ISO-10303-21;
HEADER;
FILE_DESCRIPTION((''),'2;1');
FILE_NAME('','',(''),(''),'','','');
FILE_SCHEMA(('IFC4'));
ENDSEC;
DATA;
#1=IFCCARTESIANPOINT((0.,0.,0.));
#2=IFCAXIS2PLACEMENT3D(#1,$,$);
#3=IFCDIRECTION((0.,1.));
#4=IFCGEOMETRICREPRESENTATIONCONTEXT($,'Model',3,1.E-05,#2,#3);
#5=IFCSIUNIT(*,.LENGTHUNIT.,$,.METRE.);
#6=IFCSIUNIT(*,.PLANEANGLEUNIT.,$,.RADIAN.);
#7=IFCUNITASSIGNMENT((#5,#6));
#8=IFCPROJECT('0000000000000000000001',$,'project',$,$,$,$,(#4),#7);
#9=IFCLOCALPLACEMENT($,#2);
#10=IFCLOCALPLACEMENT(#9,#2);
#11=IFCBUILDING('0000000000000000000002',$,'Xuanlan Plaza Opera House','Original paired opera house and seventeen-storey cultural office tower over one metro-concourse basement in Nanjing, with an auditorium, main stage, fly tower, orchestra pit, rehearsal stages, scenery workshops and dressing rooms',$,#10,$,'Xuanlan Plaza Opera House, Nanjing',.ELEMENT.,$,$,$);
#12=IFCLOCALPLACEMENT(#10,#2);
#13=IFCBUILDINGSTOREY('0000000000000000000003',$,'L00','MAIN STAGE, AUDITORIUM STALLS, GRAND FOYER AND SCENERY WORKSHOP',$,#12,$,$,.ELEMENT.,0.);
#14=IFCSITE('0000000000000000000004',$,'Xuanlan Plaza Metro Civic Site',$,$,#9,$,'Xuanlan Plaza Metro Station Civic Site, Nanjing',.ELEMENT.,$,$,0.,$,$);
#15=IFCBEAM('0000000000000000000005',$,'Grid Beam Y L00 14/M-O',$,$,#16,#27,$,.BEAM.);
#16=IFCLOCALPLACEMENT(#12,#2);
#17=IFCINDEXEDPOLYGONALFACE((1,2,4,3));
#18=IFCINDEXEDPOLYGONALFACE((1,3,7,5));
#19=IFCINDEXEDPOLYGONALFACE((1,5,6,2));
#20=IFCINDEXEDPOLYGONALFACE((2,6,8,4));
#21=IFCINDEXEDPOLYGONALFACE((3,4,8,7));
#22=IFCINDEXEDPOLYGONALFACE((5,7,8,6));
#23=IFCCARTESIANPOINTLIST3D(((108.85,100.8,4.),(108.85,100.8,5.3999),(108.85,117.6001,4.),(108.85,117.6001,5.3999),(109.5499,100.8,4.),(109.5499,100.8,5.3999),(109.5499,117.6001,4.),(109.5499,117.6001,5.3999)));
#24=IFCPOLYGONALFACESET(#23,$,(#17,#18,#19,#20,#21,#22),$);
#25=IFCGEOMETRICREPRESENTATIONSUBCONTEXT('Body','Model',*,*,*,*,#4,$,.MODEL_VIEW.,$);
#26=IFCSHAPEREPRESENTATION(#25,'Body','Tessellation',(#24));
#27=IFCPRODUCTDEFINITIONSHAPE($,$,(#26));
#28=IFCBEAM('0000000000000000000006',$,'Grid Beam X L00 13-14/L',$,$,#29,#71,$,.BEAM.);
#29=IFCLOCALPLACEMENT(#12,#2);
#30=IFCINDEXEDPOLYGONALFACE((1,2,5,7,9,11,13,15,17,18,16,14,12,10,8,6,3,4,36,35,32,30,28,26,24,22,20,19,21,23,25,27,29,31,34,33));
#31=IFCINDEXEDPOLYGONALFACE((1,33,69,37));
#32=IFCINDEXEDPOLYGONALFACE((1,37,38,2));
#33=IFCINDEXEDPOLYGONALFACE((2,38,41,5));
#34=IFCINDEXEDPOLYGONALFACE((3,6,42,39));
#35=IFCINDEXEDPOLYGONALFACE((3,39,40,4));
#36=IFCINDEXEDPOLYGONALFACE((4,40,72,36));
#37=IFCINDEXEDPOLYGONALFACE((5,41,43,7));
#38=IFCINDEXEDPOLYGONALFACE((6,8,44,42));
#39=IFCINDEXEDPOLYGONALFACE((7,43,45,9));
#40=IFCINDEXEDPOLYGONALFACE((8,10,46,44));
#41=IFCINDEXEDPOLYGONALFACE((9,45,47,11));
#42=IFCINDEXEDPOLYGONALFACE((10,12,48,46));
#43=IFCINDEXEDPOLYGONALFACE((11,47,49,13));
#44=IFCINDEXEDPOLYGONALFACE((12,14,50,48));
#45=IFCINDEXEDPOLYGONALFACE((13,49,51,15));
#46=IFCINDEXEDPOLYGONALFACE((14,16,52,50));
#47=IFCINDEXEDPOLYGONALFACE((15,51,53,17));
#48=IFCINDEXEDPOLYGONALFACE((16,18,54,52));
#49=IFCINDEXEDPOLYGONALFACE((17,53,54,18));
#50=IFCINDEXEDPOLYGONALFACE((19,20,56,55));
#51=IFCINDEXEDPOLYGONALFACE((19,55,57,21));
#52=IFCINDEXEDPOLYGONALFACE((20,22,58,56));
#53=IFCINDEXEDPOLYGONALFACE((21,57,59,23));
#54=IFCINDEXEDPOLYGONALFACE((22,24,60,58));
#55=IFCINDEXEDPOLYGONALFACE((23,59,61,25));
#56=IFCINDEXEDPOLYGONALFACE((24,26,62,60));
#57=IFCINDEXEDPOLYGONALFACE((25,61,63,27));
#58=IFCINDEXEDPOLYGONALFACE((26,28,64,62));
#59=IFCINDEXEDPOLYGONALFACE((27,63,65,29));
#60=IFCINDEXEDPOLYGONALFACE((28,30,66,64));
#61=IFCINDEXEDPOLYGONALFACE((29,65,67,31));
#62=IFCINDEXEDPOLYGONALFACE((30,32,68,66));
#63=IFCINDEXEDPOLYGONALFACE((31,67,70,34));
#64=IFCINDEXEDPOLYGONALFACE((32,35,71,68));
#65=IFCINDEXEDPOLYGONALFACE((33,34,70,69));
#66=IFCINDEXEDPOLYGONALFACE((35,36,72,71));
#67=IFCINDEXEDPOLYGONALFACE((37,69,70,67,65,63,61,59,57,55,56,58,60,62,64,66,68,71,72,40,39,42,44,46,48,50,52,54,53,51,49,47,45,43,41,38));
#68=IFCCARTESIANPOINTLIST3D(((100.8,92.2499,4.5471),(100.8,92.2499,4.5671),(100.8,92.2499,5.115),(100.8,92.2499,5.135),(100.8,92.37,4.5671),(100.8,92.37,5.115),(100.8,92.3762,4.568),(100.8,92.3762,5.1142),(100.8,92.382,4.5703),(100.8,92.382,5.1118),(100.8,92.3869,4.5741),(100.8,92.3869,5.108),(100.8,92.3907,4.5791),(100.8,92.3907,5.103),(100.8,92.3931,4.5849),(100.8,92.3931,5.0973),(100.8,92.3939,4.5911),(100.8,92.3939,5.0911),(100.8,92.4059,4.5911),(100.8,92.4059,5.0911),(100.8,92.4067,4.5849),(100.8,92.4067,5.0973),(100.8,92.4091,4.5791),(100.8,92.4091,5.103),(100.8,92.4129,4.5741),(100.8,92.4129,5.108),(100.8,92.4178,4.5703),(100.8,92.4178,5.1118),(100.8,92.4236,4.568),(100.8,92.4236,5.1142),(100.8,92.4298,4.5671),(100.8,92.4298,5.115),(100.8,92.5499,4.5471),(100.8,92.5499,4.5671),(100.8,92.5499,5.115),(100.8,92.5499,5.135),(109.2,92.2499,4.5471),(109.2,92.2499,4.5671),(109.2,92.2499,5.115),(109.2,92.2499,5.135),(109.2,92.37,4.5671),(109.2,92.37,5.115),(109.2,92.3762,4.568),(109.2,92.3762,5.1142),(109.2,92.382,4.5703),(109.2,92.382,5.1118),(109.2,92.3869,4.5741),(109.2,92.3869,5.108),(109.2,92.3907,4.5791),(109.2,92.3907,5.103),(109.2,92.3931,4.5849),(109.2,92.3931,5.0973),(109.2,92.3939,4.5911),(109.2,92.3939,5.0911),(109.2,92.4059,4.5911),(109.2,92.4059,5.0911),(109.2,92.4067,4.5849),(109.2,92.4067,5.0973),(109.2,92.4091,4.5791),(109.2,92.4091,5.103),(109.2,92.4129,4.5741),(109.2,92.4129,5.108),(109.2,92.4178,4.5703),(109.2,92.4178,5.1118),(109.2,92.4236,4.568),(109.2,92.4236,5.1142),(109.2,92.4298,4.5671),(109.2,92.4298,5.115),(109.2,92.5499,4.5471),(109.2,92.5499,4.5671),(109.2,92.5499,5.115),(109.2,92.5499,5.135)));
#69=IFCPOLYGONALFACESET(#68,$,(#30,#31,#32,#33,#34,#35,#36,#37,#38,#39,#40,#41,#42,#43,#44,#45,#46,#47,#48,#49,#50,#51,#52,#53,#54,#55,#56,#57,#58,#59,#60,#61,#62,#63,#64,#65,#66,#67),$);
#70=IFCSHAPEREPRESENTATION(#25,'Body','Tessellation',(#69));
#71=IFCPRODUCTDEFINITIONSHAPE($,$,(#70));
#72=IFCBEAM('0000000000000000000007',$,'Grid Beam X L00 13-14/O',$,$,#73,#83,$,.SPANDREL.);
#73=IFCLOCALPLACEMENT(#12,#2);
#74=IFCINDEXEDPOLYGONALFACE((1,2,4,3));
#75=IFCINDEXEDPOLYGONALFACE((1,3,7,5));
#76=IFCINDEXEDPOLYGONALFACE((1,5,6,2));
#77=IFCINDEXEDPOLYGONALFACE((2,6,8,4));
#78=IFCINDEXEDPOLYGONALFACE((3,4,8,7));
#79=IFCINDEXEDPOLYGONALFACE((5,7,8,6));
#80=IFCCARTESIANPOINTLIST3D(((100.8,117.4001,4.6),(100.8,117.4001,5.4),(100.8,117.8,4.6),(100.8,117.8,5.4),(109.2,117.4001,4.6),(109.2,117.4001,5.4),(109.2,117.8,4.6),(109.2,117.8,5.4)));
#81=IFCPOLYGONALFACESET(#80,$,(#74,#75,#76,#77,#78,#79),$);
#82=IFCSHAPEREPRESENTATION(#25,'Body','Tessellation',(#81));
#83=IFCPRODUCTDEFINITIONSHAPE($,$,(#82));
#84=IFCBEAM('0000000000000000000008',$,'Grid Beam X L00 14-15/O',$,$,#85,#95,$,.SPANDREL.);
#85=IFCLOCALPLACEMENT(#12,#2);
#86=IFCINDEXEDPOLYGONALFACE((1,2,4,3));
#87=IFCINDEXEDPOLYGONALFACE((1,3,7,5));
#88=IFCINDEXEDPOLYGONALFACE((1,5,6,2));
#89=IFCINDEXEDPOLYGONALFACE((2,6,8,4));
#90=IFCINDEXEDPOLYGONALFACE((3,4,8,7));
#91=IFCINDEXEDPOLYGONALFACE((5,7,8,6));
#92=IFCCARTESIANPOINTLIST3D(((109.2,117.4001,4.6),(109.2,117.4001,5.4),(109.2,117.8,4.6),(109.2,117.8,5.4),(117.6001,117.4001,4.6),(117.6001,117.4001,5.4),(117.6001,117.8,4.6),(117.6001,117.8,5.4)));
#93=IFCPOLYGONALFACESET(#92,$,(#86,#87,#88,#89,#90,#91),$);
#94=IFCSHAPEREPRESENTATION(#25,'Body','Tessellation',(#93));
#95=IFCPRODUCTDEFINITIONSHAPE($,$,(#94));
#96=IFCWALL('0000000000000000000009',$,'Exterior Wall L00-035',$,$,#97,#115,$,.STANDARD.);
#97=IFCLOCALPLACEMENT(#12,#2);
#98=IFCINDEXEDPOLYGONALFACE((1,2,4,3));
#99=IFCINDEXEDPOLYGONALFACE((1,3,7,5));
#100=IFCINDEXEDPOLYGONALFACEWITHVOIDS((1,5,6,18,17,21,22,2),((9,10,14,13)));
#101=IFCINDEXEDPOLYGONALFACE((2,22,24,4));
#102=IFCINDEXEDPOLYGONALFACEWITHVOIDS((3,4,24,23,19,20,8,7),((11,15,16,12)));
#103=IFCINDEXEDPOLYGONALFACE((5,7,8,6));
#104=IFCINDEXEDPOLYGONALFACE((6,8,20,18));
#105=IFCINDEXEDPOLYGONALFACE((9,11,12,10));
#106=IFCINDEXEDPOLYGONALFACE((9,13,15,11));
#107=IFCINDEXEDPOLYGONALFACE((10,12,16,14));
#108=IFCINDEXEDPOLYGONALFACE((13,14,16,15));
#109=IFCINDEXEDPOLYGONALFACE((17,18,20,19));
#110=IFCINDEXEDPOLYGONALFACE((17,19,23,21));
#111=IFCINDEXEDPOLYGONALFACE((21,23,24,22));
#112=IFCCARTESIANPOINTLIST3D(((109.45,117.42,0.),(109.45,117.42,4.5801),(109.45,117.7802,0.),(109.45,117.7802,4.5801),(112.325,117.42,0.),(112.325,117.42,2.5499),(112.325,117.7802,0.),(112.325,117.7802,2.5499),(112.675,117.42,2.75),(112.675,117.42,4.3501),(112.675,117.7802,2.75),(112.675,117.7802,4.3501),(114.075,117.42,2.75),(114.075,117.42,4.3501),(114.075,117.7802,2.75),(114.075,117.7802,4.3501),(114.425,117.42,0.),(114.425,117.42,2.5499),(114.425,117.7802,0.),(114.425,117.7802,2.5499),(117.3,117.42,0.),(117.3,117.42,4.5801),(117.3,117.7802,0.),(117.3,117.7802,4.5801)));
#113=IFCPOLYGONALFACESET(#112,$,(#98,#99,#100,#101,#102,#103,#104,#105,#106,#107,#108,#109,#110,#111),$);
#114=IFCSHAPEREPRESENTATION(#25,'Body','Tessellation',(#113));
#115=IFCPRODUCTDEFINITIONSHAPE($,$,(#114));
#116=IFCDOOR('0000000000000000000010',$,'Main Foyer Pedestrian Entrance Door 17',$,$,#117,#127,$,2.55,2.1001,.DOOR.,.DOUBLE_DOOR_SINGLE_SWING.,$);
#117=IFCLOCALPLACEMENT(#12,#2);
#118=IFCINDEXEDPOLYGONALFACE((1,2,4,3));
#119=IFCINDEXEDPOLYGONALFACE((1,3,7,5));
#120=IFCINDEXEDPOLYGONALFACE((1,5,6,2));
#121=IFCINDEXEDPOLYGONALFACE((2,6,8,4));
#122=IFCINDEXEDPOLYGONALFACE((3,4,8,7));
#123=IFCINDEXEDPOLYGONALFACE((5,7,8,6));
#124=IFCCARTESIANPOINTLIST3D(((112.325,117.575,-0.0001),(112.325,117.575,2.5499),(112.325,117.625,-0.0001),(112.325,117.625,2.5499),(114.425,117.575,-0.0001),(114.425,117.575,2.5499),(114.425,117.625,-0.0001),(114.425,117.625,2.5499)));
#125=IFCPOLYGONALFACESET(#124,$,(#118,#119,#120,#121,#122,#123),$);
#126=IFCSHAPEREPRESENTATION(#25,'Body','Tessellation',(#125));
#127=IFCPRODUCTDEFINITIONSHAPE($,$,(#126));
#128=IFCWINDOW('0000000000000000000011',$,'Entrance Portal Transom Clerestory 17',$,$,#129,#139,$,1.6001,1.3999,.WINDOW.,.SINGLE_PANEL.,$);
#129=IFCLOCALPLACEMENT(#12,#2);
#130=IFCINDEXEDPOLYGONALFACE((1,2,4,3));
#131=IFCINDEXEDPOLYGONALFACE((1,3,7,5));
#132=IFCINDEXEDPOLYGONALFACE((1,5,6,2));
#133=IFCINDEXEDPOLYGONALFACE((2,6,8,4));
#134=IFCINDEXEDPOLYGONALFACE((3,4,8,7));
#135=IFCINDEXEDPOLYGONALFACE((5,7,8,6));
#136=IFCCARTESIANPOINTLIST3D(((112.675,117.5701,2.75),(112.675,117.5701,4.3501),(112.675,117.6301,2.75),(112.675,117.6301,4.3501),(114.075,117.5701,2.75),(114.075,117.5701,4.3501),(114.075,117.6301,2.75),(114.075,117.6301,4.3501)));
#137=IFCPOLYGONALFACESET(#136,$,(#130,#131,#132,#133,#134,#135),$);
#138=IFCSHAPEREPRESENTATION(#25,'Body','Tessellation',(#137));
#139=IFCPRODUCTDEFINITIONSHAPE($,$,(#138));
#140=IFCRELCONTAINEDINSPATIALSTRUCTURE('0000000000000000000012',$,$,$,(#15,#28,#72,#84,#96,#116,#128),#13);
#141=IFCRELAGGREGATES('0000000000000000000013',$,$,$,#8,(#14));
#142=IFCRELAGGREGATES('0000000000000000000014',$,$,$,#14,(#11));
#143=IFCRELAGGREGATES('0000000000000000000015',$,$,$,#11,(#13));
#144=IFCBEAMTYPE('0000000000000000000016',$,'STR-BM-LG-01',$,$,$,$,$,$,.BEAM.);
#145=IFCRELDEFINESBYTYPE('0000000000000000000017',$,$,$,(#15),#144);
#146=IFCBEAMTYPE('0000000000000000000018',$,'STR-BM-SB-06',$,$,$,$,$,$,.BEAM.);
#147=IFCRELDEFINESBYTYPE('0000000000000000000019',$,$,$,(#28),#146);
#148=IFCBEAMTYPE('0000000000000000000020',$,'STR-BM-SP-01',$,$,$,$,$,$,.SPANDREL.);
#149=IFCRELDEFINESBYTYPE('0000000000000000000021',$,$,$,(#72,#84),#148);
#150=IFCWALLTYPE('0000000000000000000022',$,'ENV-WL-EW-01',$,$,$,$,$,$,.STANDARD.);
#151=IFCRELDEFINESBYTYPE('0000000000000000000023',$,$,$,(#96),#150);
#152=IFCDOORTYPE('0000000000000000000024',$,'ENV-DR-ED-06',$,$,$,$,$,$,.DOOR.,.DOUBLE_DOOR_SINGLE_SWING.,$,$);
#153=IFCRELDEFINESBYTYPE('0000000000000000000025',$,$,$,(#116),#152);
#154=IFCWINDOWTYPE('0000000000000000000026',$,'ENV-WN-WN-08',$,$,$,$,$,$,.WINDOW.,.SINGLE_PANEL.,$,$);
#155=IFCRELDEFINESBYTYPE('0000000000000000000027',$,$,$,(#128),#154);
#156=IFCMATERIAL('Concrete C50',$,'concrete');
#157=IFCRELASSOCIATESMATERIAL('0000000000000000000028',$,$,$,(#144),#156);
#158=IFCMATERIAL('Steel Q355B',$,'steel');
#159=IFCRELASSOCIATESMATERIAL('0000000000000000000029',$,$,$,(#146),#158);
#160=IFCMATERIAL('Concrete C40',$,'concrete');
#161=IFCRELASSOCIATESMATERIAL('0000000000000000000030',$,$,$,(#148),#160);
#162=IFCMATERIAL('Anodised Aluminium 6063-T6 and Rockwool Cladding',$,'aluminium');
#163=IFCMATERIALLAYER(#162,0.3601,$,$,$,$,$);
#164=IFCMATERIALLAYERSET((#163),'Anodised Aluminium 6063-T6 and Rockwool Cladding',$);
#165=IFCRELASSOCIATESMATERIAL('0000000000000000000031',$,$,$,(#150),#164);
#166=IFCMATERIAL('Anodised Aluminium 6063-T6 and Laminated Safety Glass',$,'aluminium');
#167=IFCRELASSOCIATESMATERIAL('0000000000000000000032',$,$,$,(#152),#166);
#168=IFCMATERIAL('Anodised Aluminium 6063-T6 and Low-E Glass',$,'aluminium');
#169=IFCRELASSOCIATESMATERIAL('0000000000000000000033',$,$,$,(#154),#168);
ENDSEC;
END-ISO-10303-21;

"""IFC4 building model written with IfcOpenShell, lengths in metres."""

from ifc_helpers import new_model, si_unit, direction, frame, frame_2d, origin, origin_2d, place, context, subcontext, project, spatial, rectangle, i_section, extrude, material, layer, layer_set, material_profile, profile_set, type_object, element, fill, save


model = new_model("IFC4")

# Units and contexts
model_context = context("Model", 3, precision=1e-05, world=origin(), true_north=direction((0.0, 1.0)))
body_context = subcontext(model_context, "Body", "Model", "MODEL_VIEW")
ifc_project = project(units=[si_unit("LENGTHUNIT", "METRE"), si_unit("PLANEANGLEUNIT", "RADIAN")], contexts=[model_context])

# Site, building, storey
site_placement = place(None, origin())
site = spatial("IfcSite", under=ifc_project, at=site_placement, Name="Xuanlan Plaza Metro Civic Site", LongName="Xuanlan Plaza Metro Station Civic Site, Nanjing", CompositionType="ELEMENT", RefElevation=0.0)
building_placement = place(site_placement, origin())
building = spatial("IfcBuilding", under=site, at=building_placement, Name="Xuanlan Plaza Opera House", Description="Original paired opera house and seventeen-storey cultural office tower over one metro-concourse basement in Nanjing, with an auditorium, main stage, fly tower, orchestra pit, rehearsal stages, scenery workshops and dressing rooms", LongName="Xuanlan Plaza Opera House, Nanjing", CompositionType="ELEMENT")
storey_placement = place(building_placement, origin())
storey = spatial("IfcBuildingStorey", under=building, at=storey_placement, Name="L00", Description="MAIN STAGE, AUDITORIUM STALLS, GRAND FOYER AND SCENERY WORKSHOP", CompositionType="ELEMENT", Elevation=0.0)

# Shared definitions
ifc_material_1 = material(Name="Concrete C40", Category="concrete")

# Beams
ifc_material_2 = material(Name="Concrete C50", Category="concrete")
ifc_material_profile_1 = material_profile(ifc_material_2, rectangle(XDim=0.7, YDim=1.3999, at=origin_2d()), Name="RC-LG 700x1400")
ifc_profile_set_1 = profile_set([ifc_material_profile_1], Name="Concrete C50")
beam_type_1 = type_object("IfcBeamType", Name="STR-BM-LG-01", PredefinedType="BEAM", material=ifc_profile_set_1)
for number, where, z_axis, x_axis, name in (
    (1, (109.2, 100.8, 4.7), (0.0, 1.0, 0.0), (-1.0, 0.0, 0.0), "Grid Beam Y L00 14/M-O"),
):
    element("IfcBeam", number, at=place(storey_placement, frame(where, z_axis=z_axis, x_axis=x_axis)), inside=storey, type_object=beam_type_1, Name=name, PredefinedType="BEAM", context=body_context, shape_type="SweptSolid", body=[
        extrude(rectangle(XDim=0.7, YDim=1.3999, at=origin_2d()), origin(), (0.0, 0.0, 1.0), 16.8),
    ])
ifc_material_3 = material(Name="Steel Q355B", Category="steel")
ifc_material_profile_2 = material_profile(ifc_material_3, i_section(OverallWidth=0.3, OverallDepth=0.5879, WebThickness=0.012, FlangeThickness=0.02, FilletRadius=0.0239, at=origin_2d()), Name="HM 588x300x12x20")
ifc_profile_set_2 = profile_set([ifc_material_profile_2], Name="Steel Q355B")
beam_type_2 = type_object("IfcBeamType", Name="STR-BM-SB-06", PredefinedType="BEAM", material=ifc_profile_set_2)
beam_1_placement = place(storey_placement, frame((100.8, 92.3999, 4.8411), z_axis=(1.0, 0.0, 0.0), x_axis=(0.0, 1.0, 0.0)))
element("IfcBeam", 2, at=beam_1_placement, inside=storey, type_object=beam_type_2, Name="Grid Beam X L00 13-14/L", PredefinedType="BEAM", context=body_context, shape_type="SweptSolid", body=[
    extrude(i_section(OverallWidth=0.3, OverallDepth=0.5879, WebThickness=0.012, FlangeThickness=0.02, FilletRadius=0.0239, at=origin_2d()), origin(), (0.0, 0.0, 1.0), 8.3999),
])
ifc_material_profile_3 = material_profile(ifc_material_1, rectangle(XDim=0.3999, YDim=0.8, at=origin_2d()), Name="RC-SPD 400x800")
ifc_profile_set_3 = profile_set([ifc_material_profile_3], Name="Concrete C40")
beam_type_3 = type_object("IfcBeamType", Name="STR-BM-SP-01", PredefinedType="SPANDREL", material=ifc_profile_set_3)
beam_2_placement = place(storey_placement, frame((100.8, 117.6001, 5.0), z_axis=(1.0, 0.0, 0.0), x_axis=(0.0, 1.0, 0.0)))
element("IfcBeam", 3, at=beam_2_placement, inside=storey, type_object=beam_type_3, Name="Grid Beam X L00 13-14/O", PredefinedType="SPANDREL", context=body_context, shape_type="SweptSolid", body=[
    extrude(rectangle(XDim=0.3999, YDim=0.8, at=origin_2d()), origin(), (0.0, 0.0, 1.0), 8.3999),
])
beam_3_placement = place(storey_placement, frame((109.2, 117.6001, 5.0), z_axis=(1.0, 0.0, 0.0), x_axis=(0.0, 1.0, 0.0)))
element("IfcBeam", 4, at=beam_3_placement, inside=storey, type_object=beam_type_3, Name="Grid Beam X L00 14-15/O", PredefinedType="SPANDREL", context=body_context, shape_type="SweptSolid", body=[
    extrude(rectangle(XDim=0.3999, YDim=0.8, at=origin_2d()), origin(), (0.0, 0.0, 1.0), 8.4001),
])

# Wall, openings, door, window
ifc_material_4 = material(Name="Anodised Aluminium 6063-T6 and Rockwool Cladding", Category="aluminium")
ifc_layer_1 = layer(ifc_material_4, 0.3601)
ifc_layer_set_1 = layer_set([ifc_layer_1], Name="Anodised Aluminium 6063-T6 and Rockwool Cladding")
wall_type_1 = type_object("IfcWallType", Name="ENV-WL-EW-01", PredefinedType="STANDARD", material=ifc_layer_set_1)
wall_1_placement = place(storey_placement, frame((117.3, 117.6001, 0.0), z_axis=(0.0, 0.0, 1.0), x_axis=(-1.0, 0.0, 0.0)))
wall_1 = element("IfcWall", 5, at=wall_1_placement, inside=storey, type_object=wall_type_1, Name="Exterior Wall L00-035", PredefinedType="STANDARD", context=body_context, shape_type="SweptSolid", body=[
    extrude(rectangle(XDim=7.8501, YDim=0.3601, at=frame_2d((3.925, 0.0))), origin(), (0.0, 0.0, 1.0), 4.5801),
])
opening_1_placement = place(wall_1_placement, frame((2.875, 0.0, 0.0)))
opening_1 = element("IfcOpeningElement", 6, at=opening_1_placement, cuts=wall_1, PredefinedType="OPENING", context=body_context, shape_type="SweptSolid", body=[
    extrude(rectangle(XDim=2.1001, YDim=2.55, at=frame_2d((1.05, 1.2749))), frame((0.0, 0.1899, 0.0), z_axis=(0.0, -1.0, 0.0), x_axis=(1.0, 0.0, 0.0)), (0.0, 0.0, 1.0), 0.3801),
])
opening_2_placement = place(wall_1_placement, frame((3.2251, 0.0, 2.75)))
opening_2 = element("IfcOpeningElement", 7, at=opening_2_placement, cuts=wall_1, PredefinedType="OPENING", context=body_context, shape_type="SweptSolid", body=[
    extrude(rectangle(XDim=1.3999, YDim=1.6001, at=frame_2d((0.7, 0.8))), frame((0.0, 0.1899, 0.0), z_axis=(0.0, -1.0, 0.0), x_axis=(1.0, 0.0, 0.0)), (0.0, 0.0, 1.0), 0.3801),
])
ifc_material_5 = material(Name="Anodised Aluminium 6063-T6 and Laminated Safety Glass", Category="aluminium")
door_type_1 = type_object("IfcDoorType", Name="ENV-DR-ED-06", OperationType="DOUBLE_DOOR_SINGLE_SWING", PredefinedType="DOOR", material=ifc_material_5)
door_1_placement = place(opening_1_placement, frame((2.1001, 0.0, 0.0), z_axis=(0.0, 0.0, 1.0), x_axis=(-1.0, 0.0, 0.0)))
door_1 = element("IfcDoor", 8, at=door_1_placement, inside=storey, type_object=door_type_1, Name="Main Foyer Pedestrian Entrance Door 17", OperationType="DOUBLE_DOOR_SINGLE_SWING", OverallHeight=2.55, OverallWidth=2.1001, PredefinedType="DOOR", context=body_context, shape_type="SweptSolid", body=[
    extrude(rectangle(XDim=2.1001, YDim=2.55, at=frame_2d((1.05, 1.2749))), frame((0.0, 0.0249, 0.0), z_axis=(0.0, -1.0, 0.0), x_axis=(1.0, 0.0, 0.0)), (0.0, 0.0, 1.0), 0.05),
])
fill(opening_1, door_1)
ifc_material_6 = material(Name="Anodised Aluminium 6063-T6 and Low-E Glass", Category="aluminium")
window_type = type_object("IfcWindowType", Name="ENV-WN-WN-08", PartitioningType="SINGLE_PANEL", PredefinedType="WINDOW", material=ifc_material_6)
window_1_placement = place(opening_2_placement, origin())
window_1 = element("IfcWindow", 9, at=window_1_placement, inside=storey, type_object=window_type, Name="Entrance Portal Transom Clerestory 17", OverallHeight=1.6001, OverallWidth=1.3999, PartitioningType="SINGLE_PANEL", PredefinedType="WINDOW", context=body_context, shape_type="SweptSolid", body=[
    extrude(rectangle(XDim=1.3999, YDim=1.6001, at=frame_2d((0.7, 0.8))), frame((0.0, 0.03, 0.0), z_axis=(0.0, -1.0, 0.0), x_axis=(1.0, 0.0, 0.0)), (0.0, 0.0, 1.0), 0.0601),
])
fill(opening_2, window_1)

save(model, "model.ifc")
